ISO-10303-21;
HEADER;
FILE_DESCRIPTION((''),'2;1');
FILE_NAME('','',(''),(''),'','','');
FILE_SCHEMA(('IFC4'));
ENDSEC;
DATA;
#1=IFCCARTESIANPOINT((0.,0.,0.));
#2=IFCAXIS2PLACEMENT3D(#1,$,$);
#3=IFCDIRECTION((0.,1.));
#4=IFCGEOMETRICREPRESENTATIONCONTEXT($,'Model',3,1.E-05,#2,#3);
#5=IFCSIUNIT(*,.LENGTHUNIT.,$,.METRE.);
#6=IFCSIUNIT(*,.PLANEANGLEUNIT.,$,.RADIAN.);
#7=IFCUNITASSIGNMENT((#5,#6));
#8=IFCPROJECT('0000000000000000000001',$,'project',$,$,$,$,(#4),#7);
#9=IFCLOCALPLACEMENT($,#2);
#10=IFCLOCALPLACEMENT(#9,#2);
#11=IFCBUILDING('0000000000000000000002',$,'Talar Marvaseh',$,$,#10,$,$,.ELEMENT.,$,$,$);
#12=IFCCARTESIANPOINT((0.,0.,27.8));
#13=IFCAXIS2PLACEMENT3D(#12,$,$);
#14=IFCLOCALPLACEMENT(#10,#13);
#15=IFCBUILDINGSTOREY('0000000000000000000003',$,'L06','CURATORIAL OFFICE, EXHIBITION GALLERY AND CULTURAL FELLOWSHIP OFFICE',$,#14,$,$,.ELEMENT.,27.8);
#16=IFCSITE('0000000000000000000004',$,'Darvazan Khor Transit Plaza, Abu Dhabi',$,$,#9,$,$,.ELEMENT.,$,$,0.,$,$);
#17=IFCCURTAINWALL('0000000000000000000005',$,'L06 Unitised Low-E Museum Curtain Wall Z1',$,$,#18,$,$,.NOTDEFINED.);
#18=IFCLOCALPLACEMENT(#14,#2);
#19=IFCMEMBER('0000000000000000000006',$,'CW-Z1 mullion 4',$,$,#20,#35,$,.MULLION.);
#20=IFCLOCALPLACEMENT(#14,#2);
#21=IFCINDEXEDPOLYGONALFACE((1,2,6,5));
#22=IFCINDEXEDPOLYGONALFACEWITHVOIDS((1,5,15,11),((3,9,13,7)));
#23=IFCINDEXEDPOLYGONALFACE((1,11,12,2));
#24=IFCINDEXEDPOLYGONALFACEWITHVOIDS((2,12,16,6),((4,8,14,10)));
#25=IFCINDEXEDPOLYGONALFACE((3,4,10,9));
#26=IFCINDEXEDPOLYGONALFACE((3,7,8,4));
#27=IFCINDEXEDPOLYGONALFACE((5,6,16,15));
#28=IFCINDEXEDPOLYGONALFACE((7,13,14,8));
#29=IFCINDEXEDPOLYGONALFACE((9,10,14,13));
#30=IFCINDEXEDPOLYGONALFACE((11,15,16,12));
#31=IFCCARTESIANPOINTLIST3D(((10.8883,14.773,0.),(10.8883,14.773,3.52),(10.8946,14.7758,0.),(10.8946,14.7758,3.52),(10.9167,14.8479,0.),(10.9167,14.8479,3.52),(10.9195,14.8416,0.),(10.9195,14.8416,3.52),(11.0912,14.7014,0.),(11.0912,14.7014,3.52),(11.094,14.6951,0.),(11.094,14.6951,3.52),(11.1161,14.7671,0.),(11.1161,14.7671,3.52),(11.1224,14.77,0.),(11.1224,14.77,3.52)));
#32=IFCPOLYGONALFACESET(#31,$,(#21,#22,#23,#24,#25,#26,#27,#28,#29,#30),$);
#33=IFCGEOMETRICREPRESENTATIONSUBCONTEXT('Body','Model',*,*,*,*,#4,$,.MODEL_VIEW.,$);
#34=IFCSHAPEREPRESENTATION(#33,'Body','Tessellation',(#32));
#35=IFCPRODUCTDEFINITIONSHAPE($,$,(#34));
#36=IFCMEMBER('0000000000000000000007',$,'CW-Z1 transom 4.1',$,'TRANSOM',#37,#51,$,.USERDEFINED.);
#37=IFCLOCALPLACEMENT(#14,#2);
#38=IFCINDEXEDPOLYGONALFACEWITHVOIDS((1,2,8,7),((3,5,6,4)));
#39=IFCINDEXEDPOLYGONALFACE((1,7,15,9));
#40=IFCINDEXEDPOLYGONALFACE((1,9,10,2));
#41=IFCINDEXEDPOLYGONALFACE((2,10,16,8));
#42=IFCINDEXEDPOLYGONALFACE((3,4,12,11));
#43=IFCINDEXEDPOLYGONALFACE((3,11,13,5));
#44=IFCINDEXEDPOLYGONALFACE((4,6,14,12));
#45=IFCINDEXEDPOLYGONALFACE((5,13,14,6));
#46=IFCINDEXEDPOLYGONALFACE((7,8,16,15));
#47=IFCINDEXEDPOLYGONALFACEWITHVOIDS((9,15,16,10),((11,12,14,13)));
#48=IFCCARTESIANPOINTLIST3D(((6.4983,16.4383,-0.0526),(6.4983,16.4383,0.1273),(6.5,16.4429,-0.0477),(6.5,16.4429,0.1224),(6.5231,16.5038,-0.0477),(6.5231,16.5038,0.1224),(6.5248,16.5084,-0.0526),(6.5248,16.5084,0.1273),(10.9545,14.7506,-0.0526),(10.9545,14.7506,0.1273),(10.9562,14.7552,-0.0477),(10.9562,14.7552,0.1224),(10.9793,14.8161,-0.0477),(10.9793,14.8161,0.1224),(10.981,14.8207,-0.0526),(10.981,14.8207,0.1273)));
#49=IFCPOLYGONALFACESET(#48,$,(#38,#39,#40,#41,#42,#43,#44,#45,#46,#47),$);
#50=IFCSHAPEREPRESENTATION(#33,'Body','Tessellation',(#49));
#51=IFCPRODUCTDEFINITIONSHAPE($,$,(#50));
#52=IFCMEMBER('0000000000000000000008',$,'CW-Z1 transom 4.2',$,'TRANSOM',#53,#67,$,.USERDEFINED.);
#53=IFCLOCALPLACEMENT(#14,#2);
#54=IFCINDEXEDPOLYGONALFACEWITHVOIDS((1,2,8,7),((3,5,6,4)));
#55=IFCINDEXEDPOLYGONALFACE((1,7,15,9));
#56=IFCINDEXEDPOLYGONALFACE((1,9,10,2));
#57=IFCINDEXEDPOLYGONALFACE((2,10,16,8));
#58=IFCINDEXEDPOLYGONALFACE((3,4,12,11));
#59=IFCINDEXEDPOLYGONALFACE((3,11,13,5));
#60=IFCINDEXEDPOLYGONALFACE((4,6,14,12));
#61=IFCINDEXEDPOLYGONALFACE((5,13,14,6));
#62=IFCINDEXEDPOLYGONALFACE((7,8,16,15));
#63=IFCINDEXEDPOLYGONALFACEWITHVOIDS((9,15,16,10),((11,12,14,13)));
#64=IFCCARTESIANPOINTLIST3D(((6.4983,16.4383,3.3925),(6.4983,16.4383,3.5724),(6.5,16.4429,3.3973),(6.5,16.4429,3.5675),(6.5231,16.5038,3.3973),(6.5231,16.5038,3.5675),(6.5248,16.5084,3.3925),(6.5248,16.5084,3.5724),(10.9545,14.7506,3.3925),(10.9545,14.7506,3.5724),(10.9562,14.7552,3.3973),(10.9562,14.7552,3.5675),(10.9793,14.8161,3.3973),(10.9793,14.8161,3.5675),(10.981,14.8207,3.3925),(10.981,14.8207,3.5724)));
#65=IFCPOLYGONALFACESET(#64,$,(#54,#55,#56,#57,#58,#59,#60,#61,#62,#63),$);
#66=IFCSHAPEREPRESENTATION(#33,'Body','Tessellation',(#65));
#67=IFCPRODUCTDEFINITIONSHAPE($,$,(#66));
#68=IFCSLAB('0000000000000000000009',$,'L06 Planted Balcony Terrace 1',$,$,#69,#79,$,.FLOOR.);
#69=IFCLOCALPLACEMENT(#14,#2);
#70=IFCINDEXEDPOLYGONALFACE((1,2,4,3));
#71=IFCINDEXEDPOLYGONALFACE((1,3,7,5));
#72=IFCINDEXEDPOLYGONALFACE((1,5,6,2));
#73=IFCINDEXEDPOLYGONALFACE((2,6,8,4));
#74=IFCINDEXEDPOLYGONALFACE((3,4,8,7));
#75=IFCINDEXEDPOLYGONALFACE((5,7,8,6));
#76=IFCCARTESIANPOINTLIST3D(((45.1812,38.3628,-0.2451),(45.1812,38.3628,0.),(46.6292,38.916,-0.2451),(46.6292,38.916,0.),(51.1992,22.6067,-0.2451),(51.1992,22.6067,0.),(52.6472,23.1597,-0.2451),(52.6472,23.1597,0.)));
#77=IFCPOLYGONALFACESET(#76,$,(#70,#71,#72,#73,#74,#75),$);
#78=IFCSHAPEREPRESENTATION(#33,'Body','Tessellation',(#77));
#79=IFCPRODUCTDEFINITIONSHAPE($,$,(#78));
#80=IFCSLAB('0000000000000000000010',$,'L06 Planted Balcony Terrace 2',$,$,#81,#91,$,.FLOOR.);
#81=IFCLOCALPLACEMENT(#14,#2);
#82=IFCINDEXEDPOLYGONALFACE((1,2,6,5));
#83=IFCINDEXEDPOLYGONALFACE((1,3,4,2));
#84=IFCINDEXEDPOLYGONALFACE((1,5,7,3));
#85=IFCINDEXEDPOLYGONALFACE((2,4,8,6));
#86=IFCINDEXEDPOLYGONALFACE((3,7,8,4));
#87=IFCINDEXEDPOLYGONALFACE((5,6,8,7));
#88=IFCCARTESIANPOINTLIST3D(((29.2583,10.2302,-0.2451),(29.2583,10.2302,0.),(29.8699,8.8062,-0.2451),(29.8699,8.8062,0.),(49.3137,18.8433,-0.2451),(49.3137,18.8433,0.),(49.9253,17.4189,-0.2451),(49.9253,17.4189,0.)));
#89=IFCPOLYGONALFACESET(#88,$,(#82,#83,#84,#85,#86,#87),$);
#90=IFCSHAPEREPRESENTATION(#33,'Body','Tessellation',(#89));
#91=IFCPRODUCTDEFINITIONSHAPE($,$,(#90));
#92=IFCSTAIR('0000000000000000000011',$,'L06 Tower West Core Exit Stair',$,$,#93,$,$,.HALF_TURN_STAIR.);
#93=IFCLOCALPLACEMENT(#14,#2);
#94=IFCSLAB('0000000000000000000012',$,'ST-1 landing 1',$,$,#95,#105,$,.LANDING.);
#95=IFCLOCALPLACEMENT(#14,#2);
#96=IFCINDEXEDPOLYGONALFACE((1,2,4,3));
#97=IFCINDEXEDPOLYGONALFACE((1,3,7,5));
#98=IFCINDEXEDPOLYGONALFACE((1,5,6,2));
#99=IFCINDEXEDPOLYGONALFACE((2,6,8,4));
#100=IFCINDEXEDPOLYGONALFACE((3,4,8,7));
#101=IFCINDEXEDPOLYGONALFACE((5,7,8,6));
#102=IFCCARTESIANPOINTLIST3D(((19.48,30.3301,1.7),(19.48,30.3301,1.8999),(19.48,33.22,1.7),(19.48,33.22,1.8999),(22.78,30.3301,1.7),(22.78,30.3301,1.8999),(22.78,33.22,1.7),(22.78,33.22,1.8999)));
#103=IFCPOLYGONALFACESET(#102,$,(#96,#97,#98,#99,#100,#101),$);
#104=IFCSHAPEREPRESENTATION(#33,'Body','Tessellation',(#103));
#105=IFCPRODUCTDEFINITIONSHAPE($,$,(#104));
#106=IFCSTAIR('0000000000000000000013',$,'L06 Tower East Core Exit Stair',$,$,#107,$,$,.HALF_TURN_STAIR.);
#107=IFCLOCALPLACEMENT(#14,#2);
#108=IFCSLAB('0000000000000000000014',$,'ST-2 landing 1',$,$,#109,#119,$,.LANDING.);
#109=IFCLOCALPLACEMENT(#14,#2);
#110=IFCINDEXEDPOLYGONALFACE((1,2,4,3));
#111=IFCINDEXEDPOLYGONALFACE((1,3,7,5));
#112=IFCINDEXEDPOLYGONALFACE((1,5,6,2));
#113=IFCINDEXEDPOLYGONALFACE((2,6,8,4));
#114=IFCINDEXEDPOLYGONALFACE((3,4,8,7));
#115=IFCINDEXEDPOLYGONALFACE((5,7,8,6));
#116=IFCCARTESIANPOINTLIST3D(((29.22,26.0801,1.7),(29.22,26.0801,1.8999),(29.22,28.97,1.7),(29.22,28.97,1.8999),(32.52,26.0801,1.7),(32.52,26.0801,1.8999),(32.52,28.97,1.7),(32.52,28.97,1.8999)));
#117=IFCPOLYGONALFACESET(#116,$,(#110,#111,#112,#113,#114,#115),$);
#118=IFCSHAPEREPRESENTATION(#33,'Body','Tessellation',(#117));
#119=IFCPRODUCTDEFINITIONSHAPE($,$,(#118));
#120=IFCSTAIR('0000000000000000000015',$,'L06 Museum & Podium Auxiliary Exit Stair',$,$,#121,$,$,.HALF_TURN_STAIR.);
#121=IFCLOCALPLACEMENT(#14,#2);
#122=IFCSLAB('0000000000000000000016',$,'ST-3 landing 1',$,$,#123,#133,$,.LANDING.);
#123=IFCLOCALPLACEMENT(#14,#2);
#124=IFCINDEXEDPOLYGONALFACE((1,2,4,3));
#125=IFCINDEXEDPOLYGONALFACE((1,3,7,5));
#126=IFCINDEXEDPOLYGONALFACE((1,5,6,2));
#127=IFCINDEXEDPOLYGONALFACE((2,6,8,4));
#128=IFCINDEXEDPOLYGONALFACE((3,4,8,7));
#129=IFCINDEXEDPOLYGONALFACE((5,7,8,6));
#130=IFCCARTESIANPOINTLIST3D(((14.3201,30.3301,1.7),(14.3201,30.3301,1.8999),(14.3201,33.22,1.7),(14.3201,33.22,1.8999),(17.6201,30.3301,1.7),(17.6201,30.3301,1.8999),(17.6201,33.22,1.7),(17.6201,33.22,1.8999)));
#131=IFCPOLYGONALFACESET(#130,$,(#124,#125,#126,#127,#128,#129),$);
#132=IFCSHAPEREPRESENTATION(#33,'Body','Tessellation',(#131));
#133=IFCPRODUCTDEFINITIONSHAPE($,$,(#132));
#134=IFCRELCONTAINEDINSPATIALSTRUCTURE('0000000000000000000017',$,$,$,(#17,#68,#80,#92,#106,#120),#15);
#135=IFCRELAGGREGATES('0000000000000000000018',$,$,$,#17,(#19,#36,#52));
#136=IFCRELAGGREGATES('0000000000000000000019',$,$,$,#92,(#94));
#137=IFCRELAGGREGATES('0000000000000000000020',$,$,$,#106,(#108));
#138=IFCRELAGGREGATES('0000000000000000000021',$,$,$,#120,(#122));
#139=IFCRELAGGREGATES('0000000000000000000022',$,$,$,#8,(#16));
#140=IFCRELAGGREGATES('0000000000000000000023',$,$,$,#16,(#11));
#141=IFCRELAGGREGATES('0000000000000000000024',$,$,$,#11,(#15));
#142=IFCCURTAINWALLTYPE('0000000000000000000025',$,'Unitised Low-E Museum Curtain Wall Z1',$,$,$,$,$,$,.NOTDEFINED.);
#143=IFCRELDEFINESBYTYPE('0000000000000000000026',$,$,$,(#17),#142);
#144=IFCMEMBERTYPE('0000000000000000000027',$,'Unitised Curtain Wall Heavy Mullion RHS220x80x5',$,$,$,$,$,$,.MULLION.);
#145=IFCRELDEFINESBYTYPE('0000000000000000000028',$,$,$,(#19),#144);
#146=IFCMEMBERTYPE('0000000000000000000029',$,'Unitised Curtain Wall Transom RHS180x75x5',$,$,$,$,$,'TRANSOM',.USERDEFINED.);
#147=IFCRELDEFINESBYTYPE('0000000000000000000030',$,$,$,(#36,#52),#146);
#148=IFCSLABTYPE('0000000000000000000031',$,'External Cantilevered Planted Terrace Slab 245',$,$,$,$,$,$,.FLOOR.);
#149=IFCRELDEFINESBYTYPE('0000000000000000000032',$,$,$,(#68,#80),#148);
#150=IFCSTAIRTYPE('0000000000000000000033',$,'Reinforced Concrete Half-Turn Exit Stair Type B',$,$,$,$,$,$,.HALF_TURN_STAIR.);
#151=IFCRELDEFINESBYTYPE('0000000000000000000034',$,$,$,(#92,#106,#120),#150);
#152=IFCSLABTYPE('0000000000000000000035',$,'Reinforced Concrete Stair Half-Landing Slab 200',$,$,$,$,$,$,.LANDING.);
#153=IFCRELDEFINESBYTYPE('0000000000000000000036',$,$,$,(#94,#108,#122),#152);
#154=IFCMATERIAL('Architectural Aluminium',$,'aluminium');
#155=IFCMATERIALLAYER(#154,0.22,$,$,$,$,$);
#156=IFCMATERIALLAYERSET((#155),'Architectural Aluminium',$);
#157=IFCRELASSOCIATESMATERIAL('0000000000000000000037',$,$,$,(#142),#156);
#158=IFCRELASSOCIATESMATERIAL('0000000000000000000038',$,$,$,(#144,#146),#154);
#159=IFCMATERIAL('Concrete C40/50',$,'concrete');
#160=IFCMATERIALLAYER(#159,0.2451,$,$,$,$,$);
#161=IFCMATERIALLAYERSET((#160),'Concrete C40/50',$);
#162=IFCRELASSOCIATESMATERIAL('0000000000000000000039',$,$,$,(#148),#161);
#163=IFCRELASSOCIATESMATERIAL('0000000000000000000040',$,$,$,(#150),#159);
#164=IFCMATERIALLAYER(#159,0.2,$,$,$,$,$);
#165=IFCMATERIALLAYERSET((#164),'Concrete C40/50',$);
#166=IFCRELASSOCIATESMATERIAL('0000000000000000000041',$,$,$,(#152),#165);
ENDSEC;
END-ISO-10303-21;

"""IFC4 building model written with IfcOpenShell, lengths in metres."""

from ifc_helpers import new_model, si_unit, direction, frame, origin, origin_2d, place, context, subcontext, project, spatial, polyline, hollow_rectangle, outline, extrude, source, transform, mapped, material, layer, layer_set, material_profile, profile_set, type_object, type_shapes, element, aggregate, save


model = new_model("IFC4")

# Units and contexts
model_context = context("Model", 3, precision=1e-05, world=origin(), true_north=direction((0.0, 1.0)))
body_context = subcontext(model_context, "Body", "Model", "MODEL_VIEW")
ifc_project = project(units=[si_unit("LENGTHUNIT", "METRE"), si_unit("PLANEANGLEUNIT", "RADIAN")], contexts=[model_context])

# Site, building, storey
site_placement = place(None, origin())
site = spatial("IfcSite", under=ifc_project, at=site_placement, Name="Darvazan Khor Transit Plaza, Abu Dhabi", CompositionType="ELEMENT", RefElevation=0.0)
building_placement = place(site_placement, origin())
building = spatial("IfcBuilding", under=site, at=building_placement, Name="Talar Marvaseh", CompositionType="ELEMENT")
storey_placement = place(building_placement, frame((0.0, 0.0, 27.8)))
storey = spatial("IfcBuildingStorey", under=building, at=storey_placement, Name="L06", Description="CURATORIAL OFFICE, EXHIBITION GALLERY AND CULTURAL FELLOWSHIP OFFICE", CompositionType="ELEMENT", Elevation=27.8)

# Curtain wall, members
ifc_material_1 = material(Name="Architectural Aluminium", Category="aluminium")
ifc_layer_1 = layer(ifc_material_1, 0.22)
ifc_layer_set_1 = layer_set([ifc_layer_1], Name="Architectural Aluminium")
curtain_wall_type = type_object("IfcCurtainWallType", Name="Unitised Low-E Museum Curtain Wall Z1", PredefinedType="NOTDEFINED", material=ifc_layer_set_1)
curtain_wall_placement = place(storey_placement, origin())
curtain_wall = element("IfcCurtainWall", 1, at=curtain_wall_placement, inside=storey, type_object=curtain_wall_type, Name="L06 Unitised Low-E Museum Curtain Wall Z1", PredefinedType="NOTDEFINED")
ifc_material_profile_1 = material_profile(ifc_material_1, hollow_rectangle(XDim=0.0801, YDim=0.22, WallThickness=0.0049, at=origin_2d()), Name="RHS220x80x5")
ifc_profile_set_1 = profile_set([ifc_material_profile_1], Name="Architectural Aluminium")
member_type_1 = type_object("IfcMemberType", Name="Unitised Curtain Wall Heavy Mullion RHS220x80x5", PredefinedType="MULLION", material=ifc_profile_set_1)
shared_shape_1 = source(origin(), body_context, "Body", "SweptSolid", [
    extrude(hollow_rectangle(XDim=0.0801, YDim=0.22, WallThickness=0.0049, at=origin_2d()), origin(), (0.0, 0.0, 1.0), 3.52),
])
type_shapes(member_type_1, [shared_shape_1])
member_1_placement = place(storey_placement, frame((11.0054, 14.7715, 0.0), z_axis=(0.0, 0.0, 1.0), x_axis=(-0.354147, -0.93519, 0.0)))
member_1 = element("IfcMember", 2, at=member_1_placement, type_object=member_type_1, Name="CW-Z1 mullion 4", PredefinedType="MULLION", context=body_context, shape_type="MappedRepresentation", body=[
    mapped(shared_shape_1, transform((0.0, 0.0, 0.0), x_axis=(1.0, 0.0, 0.0), y_axis=(0.0, 1.0, 0.0), z_axis=(0.0, 0.0, 1.0), scale=1.0)),
])
ifc_material_profile_2 = material_profile(ifc_material_1, hollow_rectangle(XDim=0.075, YDim=0.1799, WallThickness=0.0049, at=origin_2d()), Name="RHS180x75x5")
ifc_profile_set_2 = profile_set([ifc_material_profile_2], Name="Architectural Aluminium")
member_type_2 = type_object("IfcMemberType", Name="Unitised Curtain Wall Transom RHS180x75x5", ElementType="TRANSOM", PredefinedType="USERDEFINED", material=ifc_profile_set_2)
shared_shape_2 = source(origin(), body_context, "Body", "SweptSolid", [
    extrude(hollow_rectangle(XDim=0.075, YDim=0.1799, WallThickness=0.0049, at=origin_2d()), origin(), (0.0, 0.0, 1.0), 4.7651),
])
type_shapes(member_type_2, [shared_shape_2])
member_2_placement = place(storey_placement, frame((10.9678, 14.7856, 0.0374), z_axis=(-0.935177, 0.354182, 0.0), x_axis=(-0.354182, -0.935177, 0.0)))
member_2 = element("IfcMember", 3, at=member_2_placement, type_object=member_type_2, Name="CW-Z1 transom 4.1", ObjectType="TRANSOM", PredefinedType="USERDEFINED", context=body_context, shape_type="MappedRepresentation", body=[
    mapped(shared_shape_2, transform((0.0, 0.0, 0.0), x_axis=(1.0, 0.0, 0.0), y_axis=(0.0, 1.0, 0.0), z_axis=(0.0, 0.0, 1.0), scale=1.0)),
])
member_3_placement = place(storey_placement, frame((10.9678, 14.7856, 3.4824), z_axis=(-0.935177, 0.354182, 0.0), x_axis=(-0.354182, -0.935177, 0.0)))
member_3 = element("IfcMember", 4, at=member_3_placement, type_object=member_type_2, Name="CW-Z1 transom 4.2", ObjectType="TRANSOM", PredefinedType="USERDEFINED", context=body_context, shape_type="MappedRepresentation", body=[
    mapped(shared_shape_2, transform((0.0, 0.0, 0.0), x_axis=(1.0, 0.0, 0.0), y_axis=(0.0, 1.0, 0.0), z_axis=(0.0, 0.0, 1.0), scale=1.0)),
])
aggregate(curtain_wall, [member_1, member_2, member_3])

# Slabs
ifc_material_2 = material(Name="Concrete C40/50", Category="concrete")
ifc_layer_2 = layer(ifc_material_2, 0.2451)
ifc_layer_set_2 = layer_set([ifc_layer_2], Name="Concrete C40/50")
slab_type_1 = type_object("IfcSlabType", Name="External Cantilevered Planted Terrace Slab 245", PredefinedType="FLOOR", material=ifc_layer_set_2)
slab_1_placement = place(storey_placement, frame((0.0, 0.0, -0.2451)))
element("IfcSlab", 5, at=slab_1_placement, inside=storey, type_object=slab_type_1, Name="L06 Planted Balcony Terrace 1", PredefinedType="FLOOR", context=body_context, shape_type="SweptSolid", body=[
    extrude(outline(polyline([(45.1812, 38.3628), (51.1992, 22.6067), (52.6472, 23.1597), (46.6292, 38.916), (45.1812, 38.3628)])), origin(), (0.0, 0.0, 1.0), 0.2451),
])
slab_2_placement = place(storey_placement, frame((0.0, 0.0, -0.2451)))
element("IfcSlab", 6, at=slab_2_placement, inside=storey, type_object=slab_type_1, Name="L06 Planted Balcony Terrace 2", PredefinedType="FLOOR", context=body_context, shape_type="SweptSolid", body=[
    extrude(outline(polyline([(49.3137, 18.8433), (29.2583, 10.2302), (29.8699, 8.8062), (49.9253, 17.4189), (49.3137, 18.8433)])), origin(), (0.0, 0.0, 1.0), 0.2451),
])

# Stairs, slabs
stair_type = type_object("IfcStairType", Name="Reinforced Concrete Half-Turn Exit Stair Type B", PredefinedType="HALF_TURN_STAIR", material=ifc_material_2)
stair_1_placement = place(storey_placement, origin())
stair_1 = element("IfcStair", 7, at=stair_1_placement, inside=storey, type_object=stair_type, Name="L06 Tower West Core Exit Stair", PredefinedType="HALF_TURN_STAIR")
ifc_layer_3 = layer(ifc_material_2, 0.2)
ifc_layer_set_3 = layer_set([ifc_layer_3], Name="Concrete C40/50")
slab_type_2 = type_object("IfcSlabType", Name="Reinforced Concrete Stair Half-Landing Slab 200", PredefinedType="LANDING", material=ifc_layer_set_3)
slab_3_placement = place(storey_placement, frame((0.0, 0.0, 1.7)))
slab_3 = element("IfcSlab", 8, at=slab_3_placement, type_object=slab_type_2, Name="ST-1 landing 1", PredefinedType="LANDING", context=body_context, shape_type="SweptSolid", body=[
    extrude(outline(polyline([(22.78, 30.3301), (22.78, 33.22), (19.48, 33.22), (19.48, 30.3301), (22.78, 30.3301)])), origin(), (0.0, 0.0, 1.0), 0.2),
])
aggregate(stair_1, [slab_3])
stair_2_placement = place(storey_placement, origin())
stair_2 = element("IfcStair", 9, at=stair_2_placement, inside=storey, type_object=stair_type, Name="L06 Tower East Core Exit Stair", PredefinedType="HALF_TURN_STAIR")
slab_4_placement = place(storey_placement, frame((0.0, 0.0, 1.7)))
slab_4 = element("IfcSlab", 10, at=slab_4_placement, type_object=slab_type_2, Name="ST-2 landing 1", PredefinedType="LANDING", context=body_context, shape_type="SweptSolid", body=[
    extrude(outline(polyline([(29.22, 28.97), (29.22, 26.0801), (32.52, 26.0801), (32.52, 28.97), (29.22, 28.97)])), origin(), (0.0, 0.0, 1.0), 0.2),
])
aggregate(stair_2, [slab_4])
stair_3_placement = place(storey_placement, origin())
stair_3 = element("IfcStair", 11, at=stair_3_placement, inside=storey, type_object=stair_type, Name="L06 Museum & Podium Auxiliary Exit Stair", PredefinedType="HALF_TURN_STAIR")
slab_5_placement = place(storey_placement, frame((0.0, 0.0, 1.7)))
slab_5 = element("IfcSlab", 12, at=slab_5_placement, type_object=slab_type_2, Name="ST-3 landing 1", PredefinedType="LANDING", context=body_context, shape_type="SweptSolid", body=[
    extrude(outline(polyline([(17.6201, 30.3301), (17.6201, 33.22), (14.3201, 33.22), (14.3201, 30.3301), (17.6201, 30.3301)])), origin(), (0.0, 0.0, 1.0), 0.2),
])
aggregate(stair_3, [slab_5])

save(model, "model.ifc")
